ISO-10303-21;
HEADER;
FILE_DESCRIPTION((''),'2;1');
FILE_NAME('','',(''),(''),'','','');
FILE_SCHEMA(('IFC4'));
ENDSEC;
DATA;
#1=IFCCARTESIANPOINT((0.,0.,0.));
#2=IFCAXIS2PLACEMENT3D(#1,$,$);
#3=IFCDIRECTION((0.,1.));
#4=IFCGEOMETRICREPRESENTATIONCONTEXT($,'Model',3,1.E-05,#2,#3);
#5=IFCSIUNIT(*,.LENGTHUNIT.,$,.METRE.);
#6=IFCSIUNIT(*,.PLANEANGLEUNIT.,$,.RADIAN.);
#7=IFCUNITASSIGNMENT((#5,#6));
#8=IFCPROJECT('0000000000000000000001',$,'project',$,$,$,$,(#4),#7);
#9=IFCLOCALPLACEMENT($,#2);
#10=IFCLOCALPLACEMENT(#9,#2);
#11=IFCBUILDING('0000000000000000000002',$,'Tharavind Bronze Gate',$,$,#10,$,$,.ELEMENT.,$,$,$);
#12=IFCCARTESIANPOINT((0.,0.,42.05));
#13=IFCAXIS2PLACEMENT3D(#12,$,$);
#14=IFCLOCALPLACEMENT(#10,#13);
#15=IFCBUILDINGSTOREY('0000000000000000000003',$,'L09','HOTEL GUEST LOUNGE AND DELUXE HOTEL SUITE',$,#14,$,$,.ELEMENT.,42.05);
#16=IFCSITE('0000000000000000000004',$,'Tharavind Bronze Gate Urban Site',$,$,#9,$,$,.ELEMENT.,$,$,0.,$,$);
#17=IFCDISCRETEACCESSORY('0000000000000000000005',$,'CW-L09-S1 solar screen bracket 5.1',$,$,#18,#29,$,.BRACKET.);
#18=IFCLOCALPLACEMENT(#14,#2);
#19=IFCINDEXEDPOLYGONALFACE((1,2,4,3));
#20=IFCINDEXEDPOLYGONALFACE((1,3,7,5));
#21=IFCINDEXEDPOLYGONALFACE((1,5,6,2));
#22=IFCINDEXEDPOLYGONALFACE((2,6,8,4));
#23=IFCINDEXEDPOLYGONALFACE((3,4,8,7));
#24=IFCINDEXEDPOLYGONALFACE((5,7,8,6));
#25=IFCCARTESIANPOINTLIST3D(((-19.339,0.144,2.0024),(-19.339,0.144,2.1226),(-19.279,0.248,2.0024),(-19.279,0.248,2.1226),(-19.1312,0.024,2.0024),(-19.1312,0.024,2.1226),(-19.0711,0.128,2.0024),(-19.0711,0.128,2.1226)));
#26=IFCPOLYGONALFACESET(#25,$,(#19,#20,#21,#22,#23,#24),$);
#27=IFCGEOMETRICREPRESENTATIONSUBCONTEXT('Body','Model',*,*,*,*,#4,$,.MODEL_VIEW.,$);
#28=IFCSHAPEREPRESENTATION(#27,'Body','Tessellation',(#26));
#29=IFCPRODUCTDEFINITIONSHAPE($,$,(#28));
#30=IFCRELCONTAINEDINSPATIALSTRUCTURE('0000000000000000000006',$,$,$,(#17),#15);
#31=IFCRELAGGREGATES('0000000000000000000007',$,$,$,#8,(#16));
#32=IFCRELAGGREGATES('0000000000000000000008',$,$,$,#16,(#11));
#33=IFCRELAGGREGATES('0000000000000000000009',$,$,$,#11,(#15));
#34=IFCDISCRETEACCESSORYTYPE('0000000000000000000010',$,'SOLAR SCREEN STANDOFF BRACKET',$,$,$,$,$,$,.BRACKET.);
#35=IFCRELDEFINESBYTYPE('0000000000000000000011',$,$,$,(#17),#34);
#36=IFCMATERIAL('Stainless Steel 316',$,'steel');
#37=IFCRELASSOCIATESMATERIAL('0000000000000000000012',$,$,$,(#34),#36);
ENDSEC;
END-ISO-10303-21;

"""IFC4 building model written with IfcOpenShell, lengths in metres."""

from ifc_helpers import new_model, si_unit, direction, frame, origin, origin_2d, place, context, subcontext, project, spatial, rectangle, extrude, material, type_object, element, save


model = new_model("IFC4")

# Units and contexts
model_context = context("Model", 3, precision=1e-05, world=origin(), true_north=direction((0.0, 1.0)))
body_context = subcontext(model_context, "Body", "Model", "MODEL_VIEW")
ifc_project = project(units=[si_unit("LENGTHUNIT", "METRE"), si_unit("PLANEANGLEUNIT", "RADIAN")], contexts=[model_context])

# Site, building, storey
site_placement = place(None, origin())
site = spatial("IfcSite", under=ifc_project, at=site_placement, Name="Tharavind Bronze Gate Urban Site", CompositionType="ELEMENT", RefElevation=0.0)
building_placement = place(site_placement, origin())
building = spatial("IfcBuilding", under=site, at=building_placement, Name="Tharavind Bronze Gate", CompositionType="ELEMENT")
storey_placement = place(building_placement, frame((0.0, 0.0, 42.05)))
storey = spatial("IfcBuildingStorey", under=building, at=storey_placement, Name="L09", Description="HOTEL GUEST LOUNGE AND DELUXE HOTEL SUITE", CompositionType="ELEMENT", Elevation=42.05)

# Discrete accessory
ifc_material_1 = material(Name="Stainless Steel 316", Category="steel")
discrete_accessory_type = type_object("IfcDiscreteAccessoryType", Name="SOLAR SCREEN STANDOFF BRACKET", PredefinedType="BRACKET", material=ifc_material_1)
discrete_accessory_placement = place(storey_placement, frame((-19.2051, 0.136, 2.0024), z_axis=(0.0, 0.0, 1.0), x_axis=(-0.500002, -0.866025, 0.0)))
element("IfcDiscreteAccessory", 1, at=discrete_accessory_placement, inside=storey, type_object=discrete_accessory_type, Name="CW-L09-S1 solar screen bracket 5.1", PredefinedType="BRACKET", context=body_context, shape_type="SweptSolid", body=[
    extrude(rectangle(XDim=0.1201, YDim=0.24, at=origin_2d()), origin(), (0.0, 0.0, 1.0), 0.1201),
])

save(model, "model.ifc")
